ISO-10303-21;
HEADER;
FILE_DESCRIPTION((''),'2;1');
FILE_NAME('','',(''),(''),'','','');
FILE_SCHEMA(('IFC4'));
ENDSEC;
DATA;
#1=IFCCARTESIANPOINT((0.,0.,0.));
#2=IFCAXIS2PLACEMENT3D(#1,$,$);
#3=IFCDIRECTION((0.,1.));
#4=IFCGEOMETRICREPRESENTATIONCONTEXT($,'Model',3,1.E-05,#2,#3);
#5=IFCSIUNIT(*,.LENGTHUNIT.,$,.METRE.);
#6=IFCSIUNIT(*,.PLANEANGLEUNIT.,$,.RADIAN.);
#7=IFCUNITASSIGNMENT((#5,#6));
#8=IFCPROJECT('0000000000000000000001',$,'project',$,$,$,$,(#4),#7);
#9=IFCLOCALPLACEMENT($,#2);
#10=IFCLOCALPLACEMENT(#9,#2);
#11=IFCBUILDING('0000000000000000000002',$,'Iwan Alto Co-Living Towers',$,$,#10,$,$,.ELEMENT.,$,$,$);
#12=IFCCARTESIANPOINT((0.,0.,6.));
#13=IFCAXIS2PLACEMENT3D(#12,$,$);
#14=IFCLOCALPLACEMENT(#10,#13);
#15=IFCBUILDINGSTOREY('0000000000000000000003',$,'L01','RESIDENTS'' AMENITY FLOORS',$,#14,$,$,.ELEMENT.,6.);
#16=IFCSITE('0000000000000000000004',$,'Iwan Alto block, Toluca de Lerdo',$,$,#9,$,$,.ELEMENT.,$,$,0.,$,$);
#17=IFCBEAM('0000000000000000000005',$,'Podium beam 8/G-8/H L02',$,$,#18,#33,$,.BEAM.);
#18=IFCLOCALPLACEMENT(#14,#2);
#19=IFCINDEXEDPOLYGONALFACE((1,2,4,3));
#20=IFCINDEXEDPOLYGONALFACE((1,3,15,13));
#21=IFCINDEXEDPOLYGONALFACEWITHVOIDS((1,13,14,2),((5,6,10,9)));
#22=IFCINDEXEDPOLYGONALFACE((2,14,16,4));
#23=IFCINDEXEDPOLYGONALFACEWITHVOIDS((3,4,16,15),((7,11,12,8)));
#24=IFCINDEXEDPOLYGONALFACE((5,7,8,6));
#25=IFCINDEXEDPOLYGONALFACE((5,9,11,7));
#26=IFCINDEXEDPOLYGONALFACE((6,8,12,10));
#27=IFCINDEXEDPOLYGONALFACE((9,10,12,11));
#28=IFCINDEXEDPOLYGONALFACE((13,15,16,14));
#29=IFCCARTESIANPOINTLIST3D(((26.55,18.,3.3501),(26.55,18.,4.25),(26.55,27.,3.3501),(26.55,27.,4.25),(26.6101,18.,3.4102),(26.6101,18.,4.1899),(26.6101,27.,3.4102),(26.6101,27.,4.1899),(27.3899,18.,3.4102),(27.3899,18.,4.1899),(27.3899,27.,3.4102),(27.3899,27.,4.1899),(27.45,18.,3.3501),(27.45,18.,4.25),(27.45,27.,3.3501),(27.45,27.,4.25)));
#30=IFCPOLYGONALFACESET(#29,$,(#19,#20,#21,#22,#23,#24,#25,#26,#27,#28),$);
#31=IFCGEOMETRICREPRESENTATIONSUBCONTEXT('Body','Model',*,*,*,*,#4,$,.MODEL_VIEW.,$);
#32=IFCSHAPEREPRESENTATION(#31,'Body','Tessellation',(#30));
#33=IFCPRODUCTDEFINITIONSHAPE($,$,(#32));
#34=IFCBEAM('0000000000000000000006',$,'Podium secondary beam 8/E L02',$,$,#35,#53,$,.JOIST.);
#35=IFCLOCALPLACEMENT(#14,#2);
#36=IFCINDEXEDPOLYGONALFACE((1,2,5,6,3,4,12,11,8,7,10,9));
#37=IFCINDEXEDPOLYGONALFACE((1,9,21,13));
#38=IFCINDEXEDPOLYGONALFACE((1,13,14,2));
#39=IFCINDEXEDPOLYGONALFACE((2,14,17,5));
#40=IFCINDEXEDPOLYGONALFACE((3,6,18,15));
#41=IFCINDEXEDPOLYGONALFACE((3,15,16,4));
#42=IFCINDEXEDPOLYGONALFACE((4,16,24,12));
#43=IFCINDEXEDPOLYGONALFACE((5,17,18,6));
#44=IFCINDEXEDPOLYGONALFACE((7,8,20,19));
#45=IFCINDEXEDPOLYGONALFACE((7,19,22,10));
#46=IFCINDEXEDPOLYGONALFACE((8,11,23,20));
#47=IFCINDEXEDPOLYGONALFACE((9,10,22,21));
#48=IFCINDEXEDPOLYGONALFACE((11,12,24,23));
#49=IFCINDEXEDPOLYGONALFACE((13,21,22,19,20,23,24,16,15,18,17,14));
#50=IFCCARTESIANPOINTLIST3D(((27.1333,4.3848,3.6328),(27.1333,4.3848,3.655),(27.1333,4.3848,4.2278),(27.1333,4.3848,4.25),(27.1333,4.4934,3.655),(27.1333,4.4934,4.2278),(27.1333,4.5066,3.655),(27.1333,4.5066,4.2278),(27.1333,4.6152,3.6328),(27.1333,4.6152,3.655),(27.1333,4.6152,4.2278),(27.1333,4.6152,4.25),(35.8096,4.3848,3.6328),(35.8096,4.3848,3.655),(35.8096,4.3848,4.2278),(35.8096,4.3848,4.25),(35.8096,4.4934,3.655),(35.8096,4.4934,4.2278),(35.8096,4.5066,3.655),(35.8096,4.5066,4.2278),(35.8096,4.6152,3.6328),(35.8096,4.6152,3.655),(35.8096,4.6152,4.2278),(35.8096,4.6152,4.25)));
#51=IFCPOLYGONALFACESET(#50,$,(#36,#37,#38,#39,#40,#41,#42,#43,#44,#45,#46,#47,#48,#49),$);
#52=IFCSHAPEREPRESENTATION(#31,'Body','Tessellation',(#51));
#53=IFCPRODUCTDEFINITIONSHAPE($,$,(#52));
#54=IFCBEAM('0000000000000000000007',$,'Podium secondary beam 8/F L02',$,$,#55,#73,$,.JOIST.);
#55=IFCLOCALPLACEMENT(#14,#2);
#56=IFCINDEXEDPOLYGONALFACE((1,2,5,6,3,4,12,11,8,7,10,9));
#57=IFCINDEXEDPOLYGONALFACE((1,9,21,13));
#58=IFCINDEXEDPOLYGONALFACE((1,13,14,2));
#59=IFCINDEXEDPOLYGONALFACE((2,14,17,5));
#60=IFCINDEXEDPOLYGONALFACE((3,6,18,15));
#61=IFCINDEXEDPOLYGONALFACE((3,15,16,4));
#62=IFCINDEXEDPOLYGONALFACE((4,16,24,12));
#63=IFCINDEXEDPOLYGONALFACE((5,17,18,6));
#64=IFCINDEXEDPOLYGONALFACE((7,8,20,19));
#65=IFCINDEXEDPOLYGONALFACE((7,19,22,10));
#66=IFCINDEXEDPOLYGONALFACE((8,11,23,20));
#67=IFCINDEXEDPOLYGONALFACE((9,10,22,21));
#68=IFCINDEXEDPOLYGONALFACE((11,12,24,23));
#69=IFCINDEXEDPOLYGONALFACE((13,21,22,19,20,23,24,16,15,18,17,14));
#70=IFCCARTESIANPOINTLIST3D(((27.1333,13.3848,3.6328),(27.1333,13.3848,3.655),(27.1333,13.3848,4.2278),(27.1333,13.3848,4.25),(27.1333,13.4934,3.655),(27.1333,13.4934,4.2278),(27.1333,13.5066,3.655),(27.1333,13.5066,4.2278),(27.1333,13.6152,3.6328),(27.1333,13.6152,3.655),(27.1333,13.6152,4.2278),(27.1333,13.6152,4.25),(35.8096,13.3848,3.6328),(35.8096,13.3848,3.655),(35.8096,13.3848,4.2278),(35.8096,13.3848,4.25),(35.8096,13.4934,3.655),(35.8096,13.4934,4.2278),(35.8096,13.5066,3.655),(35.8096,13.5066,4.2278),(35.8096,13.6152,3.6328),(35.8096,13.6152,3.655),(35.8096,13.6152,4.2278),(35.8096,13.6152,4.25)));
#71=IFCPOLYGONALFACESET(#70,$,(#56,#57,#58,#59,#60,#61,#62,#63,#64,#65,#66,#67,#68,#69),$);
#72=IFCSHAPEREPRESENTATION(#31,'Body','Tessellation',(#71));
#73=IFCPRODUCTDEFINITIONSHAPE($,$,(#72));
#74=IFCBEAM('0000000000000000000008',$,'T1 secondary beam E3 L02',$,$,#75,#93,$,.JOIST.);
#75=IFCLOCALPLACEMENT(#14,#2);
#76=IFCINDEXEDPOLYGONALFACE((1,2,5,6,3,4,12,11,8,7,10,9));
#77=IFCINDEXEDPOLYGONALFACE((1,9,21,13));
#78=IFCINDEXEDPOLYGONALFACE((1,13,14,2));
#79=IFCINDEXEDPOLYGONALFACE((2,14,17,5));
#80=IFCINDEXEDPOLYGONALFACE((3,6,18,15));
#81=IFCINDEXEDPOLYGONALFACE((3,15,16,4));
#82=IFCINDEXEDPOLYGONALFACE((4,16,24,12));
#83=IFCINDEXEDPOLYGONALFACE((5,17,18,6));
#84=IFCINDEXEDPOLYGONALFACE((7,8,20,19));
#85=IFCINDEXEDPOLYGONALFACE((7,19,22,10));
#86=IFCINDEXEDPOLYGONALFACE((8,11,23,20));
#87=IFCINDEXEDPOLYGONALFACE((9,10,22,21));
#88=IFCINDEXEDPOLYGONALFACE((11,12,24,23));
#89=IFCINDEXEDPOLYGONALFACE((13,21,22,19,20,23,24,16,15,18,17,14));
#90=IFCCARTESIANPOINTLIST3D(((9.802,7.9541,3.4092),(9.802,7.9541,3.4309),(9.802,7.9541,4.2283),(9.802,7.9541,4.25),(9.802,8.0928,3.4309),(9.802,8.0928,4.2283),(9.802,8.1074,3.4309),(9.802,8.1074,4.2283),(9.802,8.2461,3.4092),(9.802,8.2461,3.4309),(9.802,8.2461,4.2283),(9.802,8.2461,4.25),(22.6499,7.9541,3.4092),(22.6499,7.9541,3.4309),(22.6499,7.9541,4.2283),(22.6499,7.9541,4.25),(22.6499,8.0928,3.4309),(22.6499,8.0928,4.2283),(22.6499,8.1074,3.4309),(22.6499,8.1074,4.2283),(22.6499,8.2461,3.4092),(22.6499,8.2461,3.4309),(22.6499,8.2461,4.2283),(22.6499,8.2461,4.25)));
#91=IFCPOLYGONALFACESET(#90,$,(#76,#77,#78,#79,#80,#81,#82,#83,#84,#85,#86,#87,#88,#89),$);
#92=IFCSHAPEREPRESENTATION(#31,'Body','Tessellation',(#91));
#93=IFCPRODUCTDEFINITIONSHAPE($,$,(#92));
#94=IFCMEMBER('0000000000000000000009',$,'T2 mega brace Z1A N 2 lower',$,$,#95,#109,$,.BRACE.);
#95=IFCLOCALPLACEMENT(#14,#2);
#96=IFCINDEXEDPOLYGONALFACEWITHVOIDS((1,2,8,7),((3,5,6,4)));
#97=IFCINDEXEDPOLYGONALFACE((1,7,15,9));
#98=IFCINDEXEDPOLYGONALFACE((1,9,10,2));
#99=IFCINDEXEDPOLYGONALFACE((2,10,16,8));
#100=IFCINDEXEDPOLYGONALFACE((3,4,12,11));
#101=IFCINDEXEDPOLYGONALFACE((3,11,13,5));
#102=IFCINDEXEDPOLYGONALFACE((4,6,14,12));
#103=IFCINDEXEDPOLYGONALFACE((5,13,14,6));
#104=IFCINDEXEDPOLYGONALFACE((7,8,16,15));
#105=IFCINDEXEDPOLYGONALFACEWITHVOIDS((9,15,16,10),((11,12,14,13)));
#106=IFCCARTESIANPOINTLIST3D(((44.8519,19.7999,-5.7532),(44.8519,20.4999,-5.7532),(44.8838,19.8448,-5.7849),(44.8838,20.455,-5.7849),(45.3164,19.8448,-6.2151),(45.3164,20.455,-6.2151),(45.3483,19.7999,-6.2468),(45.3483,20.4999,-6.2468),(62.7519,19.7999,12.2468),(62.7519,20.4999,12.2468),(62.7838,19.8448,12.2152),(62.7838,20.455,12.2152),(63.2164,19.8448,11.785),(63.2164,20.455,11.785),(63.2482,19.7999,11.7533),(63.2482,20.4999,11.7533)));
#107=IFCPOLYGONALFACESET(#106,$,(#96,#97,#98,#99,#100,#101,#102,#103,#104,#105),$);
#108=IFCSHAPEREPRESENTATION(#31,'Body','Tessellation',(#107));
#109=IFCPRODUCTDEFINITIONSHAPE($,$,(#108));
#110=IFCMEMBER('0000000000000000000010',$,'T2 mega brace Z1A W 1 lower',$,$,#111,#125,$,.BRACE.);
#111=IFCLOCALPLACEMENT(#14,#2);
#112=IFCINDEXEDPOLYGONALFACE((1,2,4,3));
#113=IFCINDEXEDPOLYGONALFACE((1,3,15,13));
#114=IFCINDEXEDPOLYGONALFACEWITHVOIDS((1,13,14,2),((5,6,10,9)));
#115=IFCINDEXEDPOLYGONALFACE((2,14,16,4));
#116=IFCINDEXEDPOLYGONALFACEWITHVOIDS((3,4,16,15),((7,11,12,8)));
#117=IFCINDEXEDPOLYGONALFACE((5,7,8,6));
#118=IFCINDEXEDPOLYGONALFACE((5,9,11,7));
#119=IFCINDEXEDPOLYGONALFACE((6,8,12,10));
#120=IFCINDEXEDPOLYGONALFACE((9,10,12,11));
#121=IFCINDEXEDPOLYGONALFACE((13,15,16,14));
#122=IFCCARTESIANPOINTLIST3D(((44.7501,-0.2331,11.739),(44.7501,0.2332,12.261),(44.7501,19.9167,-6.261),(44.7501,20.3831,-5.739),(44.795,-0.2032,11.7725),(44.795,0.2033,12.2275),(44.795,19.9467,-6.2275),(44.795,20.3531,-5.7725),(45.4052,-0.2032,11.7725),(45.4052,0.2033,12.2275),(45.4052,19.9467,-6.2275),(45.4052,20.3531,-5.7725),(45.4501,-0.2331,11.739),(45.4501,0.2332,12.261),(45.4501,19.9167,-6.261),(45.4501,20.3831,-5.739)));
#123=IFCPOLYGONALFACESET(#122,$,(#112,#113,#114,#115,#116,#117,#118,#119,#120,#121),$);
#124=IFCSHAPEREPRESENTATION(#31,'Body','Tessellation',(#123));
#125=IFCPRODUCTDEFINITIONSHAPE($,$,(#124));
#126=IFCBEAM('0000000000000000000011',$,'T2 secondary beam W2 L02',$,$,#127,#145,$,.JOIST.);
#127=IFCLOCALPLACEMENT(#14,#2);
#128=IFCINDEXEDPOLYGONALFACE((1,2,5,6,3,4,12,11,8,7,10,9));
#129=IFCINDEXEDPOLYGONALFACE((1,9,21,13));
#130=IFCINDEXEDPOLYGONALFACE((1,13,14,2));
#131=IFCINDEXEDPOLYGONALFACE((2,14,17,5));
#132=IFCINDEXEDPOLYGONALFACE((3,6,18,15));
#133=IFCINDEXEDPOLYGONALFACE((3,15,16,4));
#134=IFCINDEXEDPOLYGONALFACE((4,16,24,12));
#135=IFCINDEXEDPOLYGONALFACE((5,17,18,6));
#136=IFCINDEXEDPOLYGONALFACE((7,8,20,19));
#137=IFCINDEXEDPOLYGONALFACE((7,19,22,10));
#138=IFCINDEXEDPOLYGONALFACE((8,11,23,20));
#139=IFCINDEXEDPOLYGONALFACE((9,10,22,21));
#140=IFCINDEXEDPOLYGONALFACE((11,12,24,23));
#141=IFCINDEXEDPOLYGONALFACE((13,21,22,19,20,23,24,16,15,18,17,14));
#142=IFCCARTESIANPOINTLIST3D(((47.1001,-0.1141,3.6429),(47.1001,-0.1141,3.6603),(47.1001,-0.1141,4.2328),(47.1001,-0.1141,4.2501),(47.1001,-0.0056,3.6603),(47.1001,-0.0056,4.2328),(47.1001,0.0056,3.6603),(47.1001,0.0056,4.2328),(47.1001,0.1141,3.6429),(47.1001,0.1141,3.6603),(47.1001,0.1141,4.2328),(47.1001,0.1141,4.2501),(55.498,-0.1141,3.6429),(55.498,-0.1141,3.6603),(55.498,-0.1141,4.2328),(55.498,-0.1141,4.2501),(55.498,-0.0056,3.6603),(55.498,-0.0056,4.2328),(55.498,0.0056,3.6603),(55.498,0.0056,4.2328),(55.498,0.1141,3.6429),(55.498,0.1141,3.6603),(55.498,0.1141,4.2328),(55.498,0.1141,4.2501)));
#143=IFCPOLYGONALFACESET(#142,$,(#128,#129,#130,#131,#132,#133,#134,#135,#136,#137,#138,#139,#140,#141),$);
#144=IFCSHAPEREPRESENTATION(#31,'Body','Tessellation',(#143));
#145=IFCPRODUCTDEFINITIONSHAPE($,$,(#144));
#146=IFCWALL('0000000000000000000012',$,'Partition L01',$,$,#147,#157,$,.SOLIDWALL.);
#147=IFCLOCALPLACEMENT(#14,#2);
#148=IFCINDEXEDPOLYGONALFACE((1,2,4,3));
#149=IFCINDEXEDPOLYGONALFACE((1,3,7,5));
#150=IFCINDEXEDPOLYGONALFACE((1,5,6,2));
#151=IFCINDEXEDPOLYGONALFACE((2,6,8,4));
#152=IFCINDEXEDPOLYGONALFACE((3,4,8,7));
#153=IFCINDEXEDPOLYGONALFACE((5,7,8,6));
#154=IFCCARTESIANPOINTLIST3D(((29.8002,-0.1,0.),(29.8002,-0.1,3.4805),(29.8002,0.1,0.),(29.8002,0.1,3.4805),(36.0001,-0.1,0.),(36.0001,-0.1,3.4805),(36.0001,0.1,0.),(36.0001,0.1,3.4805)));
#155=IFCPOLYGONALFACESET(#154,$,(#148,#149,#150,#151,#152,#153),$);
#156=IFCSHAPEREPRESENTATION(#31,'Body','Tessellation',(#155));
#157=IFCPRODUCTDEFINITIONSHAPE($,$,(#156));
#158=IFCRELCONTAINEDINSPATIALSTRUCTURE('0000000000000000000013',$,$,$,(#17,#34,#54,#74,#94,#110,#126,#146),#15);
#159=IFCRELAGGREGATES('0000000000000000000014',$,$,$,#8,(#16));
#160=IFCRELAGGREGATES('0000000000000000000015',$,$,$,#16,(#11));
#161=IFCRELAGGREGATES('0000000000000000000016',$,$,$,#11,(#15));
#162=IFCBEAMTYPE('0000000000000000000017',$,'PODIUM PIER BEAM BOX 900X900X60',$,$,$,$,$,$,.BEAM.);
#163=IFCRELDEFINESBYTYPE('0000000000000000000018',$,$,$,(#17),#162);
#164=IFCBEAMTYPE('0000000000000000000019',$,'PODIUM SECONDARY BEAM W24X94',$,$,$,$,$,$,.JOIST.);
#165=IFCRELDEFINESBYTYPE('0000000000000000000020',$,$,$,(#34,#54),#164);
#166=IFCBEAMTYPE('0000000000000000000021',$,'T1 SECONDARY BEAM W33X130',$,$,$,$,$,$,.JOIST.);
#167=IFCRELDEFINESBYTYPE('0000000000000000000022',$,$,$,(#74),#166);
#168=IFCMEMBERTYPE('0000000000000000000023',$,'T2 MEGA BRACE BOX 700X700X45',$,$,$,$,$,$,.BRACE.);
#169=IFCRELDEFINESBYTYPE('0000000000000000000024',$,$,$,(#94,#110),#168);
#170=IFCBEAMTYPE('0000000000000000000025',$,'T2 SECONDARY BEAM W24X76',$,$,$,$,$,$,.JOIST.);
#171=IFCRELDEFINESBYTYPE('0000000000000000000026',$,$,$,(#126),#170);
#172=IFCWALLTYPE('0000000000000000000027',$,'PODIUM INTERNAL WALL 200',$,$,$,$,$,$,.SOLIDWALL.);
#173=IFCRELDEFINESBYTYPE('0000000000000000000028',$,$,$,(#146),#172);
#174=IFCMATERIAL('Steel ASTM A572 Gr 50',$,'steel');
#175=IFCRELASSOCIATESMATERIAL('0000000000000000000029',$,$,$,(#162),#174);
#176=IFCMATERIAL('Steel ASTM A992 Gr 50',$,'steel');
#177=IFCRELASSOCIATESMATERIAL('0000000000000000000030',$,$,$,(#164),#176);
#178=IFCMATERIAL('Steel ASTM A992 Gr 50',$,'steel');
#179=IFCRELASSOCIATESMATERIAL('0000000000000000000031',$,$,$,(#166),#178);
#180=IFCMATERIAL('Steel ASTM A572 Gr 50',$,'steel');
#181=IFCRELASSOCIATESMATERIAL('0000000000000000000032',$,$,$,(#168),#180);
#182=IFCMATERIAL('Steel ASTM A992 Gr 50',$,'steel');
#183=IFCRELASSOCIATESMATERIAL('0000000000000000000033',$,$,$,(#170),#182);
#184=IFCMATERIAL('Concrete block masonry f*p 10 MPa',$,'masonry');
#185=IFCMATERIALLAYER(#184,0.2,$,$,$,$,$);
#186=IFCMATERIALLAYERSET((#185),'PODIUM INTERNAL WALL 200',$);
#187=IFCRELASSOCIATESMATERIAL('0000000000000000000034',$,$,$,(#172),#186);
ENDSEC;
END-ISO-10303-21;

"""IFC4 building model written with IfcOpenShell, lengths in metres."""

from ifc_helpers import new_model, si_unit, direction, frame, frame_2d, origin, origin_2d, place, context, subcontext, project, spatial, rectangle, hollow_rectangle, i_section, extrude, material, layer, layer_set, material_profile, profile_set, type_object, element, save


model = new_model("IFC4")

# Units and contexts
model_context = context("Model", 3, precision=1e-05, world=origin(), true_north=direction((0.0, 1.0)))
body_context = subcontext(model_context, "Body", "Model", "MODEL_VIEW")
ifc_project = project(units=[si_unit("LENGTHUNIT", "METRE"), si_unit("PLANEANGLEUNIT", "RADIAN")], contexts=[model_context])

# Site, building, storey
site_placement = place(None, origin())
site = spatial("IfcSite", under=ifc_project, at=site_placement, Name="Iwan Alto block, Toluca de Lerdo", CompositionType="ELEMENT", RefElevation=0.0)
building_placement = place(site_placement, origin())
building = spatial("IfcBuilding", under=site, at=building_placement, Name="Iwan Alto Co-Living Towers", CompositionType="ELEMENT")
storey_placement = place(building_placement, frame((0.0, 0.0, 6.0)))
storey = spatial("IfcBuildingStorey", under=building, at=storey_placement, Name="L01", Description="RESIDENTS' AMENITY FLOORS", CompositionType="ELEMENT", Elevation=6.0)

# Beams
ifc_material_1 = material(Name="Steel ASTM A572 Gr 50", Category="steel")
ifc_material_profile_1 = material_profile(ifc_material_1, hollow_rectangle(XDim=0.8999, YDim=0.8999, WallThickness=0.0601, at=origin_2d()), Name="BOX 900X900X60")
ifc_profile_set_1 = profile_set([ifc_material_profile_1], Name="Steel ASTM A572 Gr 50")
beam_type_1 = type_object("IfcBeamType", Name="PODIUM PIER BEAM BOX 900X900X60", PredefinedType="BEAM", material=ifc_profile_set_1)
beam_1_placement = place(storey_placement, frame((27.0, 18.0, 3.8), z_axis=(0.0, 1.0, 0.0), x_axis=(-1.0, 0.0, 0.0)))
element("IfcBeam", 1, at=beam_1_placement, inside=storey, type_object=beam_type_1, Name="Podium beam 8/G-8/H L02", PredefinedType="BEAM", context=body_context, shape_type="SweptSolid", body=[
    extrude(hollow_rectangle(XDim=0.8999, YDim=0.8999, WallThickness=0.0601, at=origin_2d()), origin(), (0.0, 0.0, 1.0), 9.0),
])
ifc_material_2 = material(Name="Steel ASTM A992 Gr 50", Category="steel")
ifc_material_profile_2 = material_profile(ifc_material_2, i_section(OverallWidth=0.2305, OverallDepth=0.6172, WebThickness=0.0132, FlangeThickness=0.0222, at=origin_2d()), Name="W24X94")
ifc_profile_set_2 = profile_set([ifc_material_profile_2], Name="Steel ASTM A992 Gr 50")
beam_type_2 = type_object("IfcBeamType", Name="PODIUM SECONDARY BEAM W24X94", PredefinedType="JOIST", material=ifc_profile_set_2)
for number, where, z_axis, x_axis, name in (
    (2, (27.1333, 4.5, 3.9414), (1.0, 0.0, 0.0), (0.0, 1.0, 0.0), "Podium secondary beam 8/E L02"),
    (3, (27.1333, 13.5, 3.9414), (1.0, 0.0, 0.0), (0.0, 1.0, 0.0), "Podium secondary beam 8/F L02"),
):
    element("IfcBeam", number, at=place(storey_placement, frame(where, z_axis=z_axis, x_axis=x_axis)), inside=storey, type_object=beam_type_2, Name=name, PredefinedType="JOIST", context=body_context, shape_type="SweptSolid", body=[
        extrude(i_section(OverallWidth=0.2305, OverallDepth=0.6172, WebThickness=0.0132, FlangeThickness=0.0222, at=origin_2d()), origin(), (0.0, 0.0, 1.0), 8.6763),
    ])
ifc_material_3 = material(Name="Steel ASTM A992 Gr 50", Category="steel")
ifc_material_profile_3 = material_profile(ifc_material_3, i_section(OverallWidth=0.292, OverallDepth=0.8408, WebThickness=0.0146, FlangeThickness=0.0217, at=origin_2d()), Name="W33X130")
ifc_profile_set_3 = profile_set([ifc_material_profile_3], Name="Steel ASTM A992 Gr 50")
beam_type_3 = type_object("IfcBeamType", Name="T1 SECONDARY BEAM W33X130", PredefinedType="JOIST", material=ifc_profile_set_3)
beam_2_placement = place(storey_placement, frame((22.6499, 8.1001, 3.8296), z_axis=(-1.0, 0.0, 0.0), x_axis=(0.0, -1.0, 0.0)))
element("IfcBeam", 4, at=beam_2_placement, inside=storey, type_object=beam_type_3, Name="T1 secondary beam E3 L02", PredefinedType="JOIST", context=body_context, shape_type="SweptSolid", body=[
    extrude(i_section(OverallWidth=0.292, OverallDepth=0.8408, WebThickness=0.0146, FlangeThickness=0.0217, at=origin_2d()), origin(), (0.0, 0.0, 1.0), 12.8479),
])

# Members
ifc_material_4 = material(Name="Steel ASTM A572 Gr 50", Category="steel")
ifc_material_profile_4 = material_profile(ifc_material_4, hollow_rectangle(XDim=0.7, YDim=0.7, WallThickness=0.0449, at=origin_2d()), Name="BOX 700X700X45")
ifc_profile_set_4 = profile_set([ifc_material_profile_4], Name="Steel ASTM A572 Gr 50")
member_type = type_object("IfcMemberType", Name="T2 MEGA BRACE BOX 700X700X45", PredefinedType="BRACE", material=ifc_profile_set_4)
member_1_placement = place(storey_placement, frame((45.1001, 20.1499, -6.0), z_axis=(0.705132, 0.0, 0.709076), x_axis=(0.0, 1.0, 0.0)))
element("IfcMember", 5, at=member_1_placement, inside=storey, type_object=member_type, Name="T2 mega brace Z1A N 2 lower", PredefinedType="BRACE", context=body_context, shape_type="SweptSolid", body=[
    extrude(hollow_rectangle(XDim=0.7, YDim=0.7, WallThickness=0.0449, at=origin_2d()), origin(), (0.0, 0.0, 1.0), 25.3853),
])
member_2_placement = place(storey_placement, frame((45.1001, 20.1499, -6.0), z_axis=(0.0, -0.745772, 0.666201), x_axis=(1.0, 0.0, 0.0)))
element("IfcMember", 6, at=member_2_placement, inside=storey, type_object=member_type, Name="T2 mega brace Z1A W 1 lower", PredefinedType="BRACE", context=body_context, shape_type="SweptSolid", body=[
    extrude(hollow_rectangle(XDim=0.7, YDim=0.7, WallThickness=0.0449, at=origin_2d()), origin(), (0.0, 0.0, 1.0), 27.0188),
])

# Beam
ifc_material_5 = material(Name="Steel ASTM A992 Gr 50", Category="steel")
ifc_material_profile_5 = material_profile(ifc_material_5, i_section(OverallWidth=0.2283, OverallDepth=0.6072, WebThickness=0.0112, FlangeThickness=0.0173, at=origin_2d()), Name="W24X76")
ifc_profile_set_5 = profile_set([ifc_material_profile_5], Name="Steel ASTM A992 Gr 50")
beam_type_4 = type_object("IfcBeamType", Name="T2 SECONDARY BEAM W24X76", PredefinedType="JOIST", material=ifc_profile_set_5)
beam_3_placement = place(storey_placement, frame((47.1001, 0.0, 3.9465), z_axis=(1.0, 0.0, 0.0), x_axis=(0.0, 1.0, 0.0)))
element("IfcBeam", 7, at=beam_3_placement, inside=storey, type_object=beam_type_4, Name="T2 secondary beam W2 L02", PredefinedType="JOIST", context=body_context, shape_type="SweptSolid", body=[
    extrude(i_section(OverallWidth=0.2283, OverallDepth=0.6072, WebThickness=0.0112, FlangeThickness=0.0173, at=origin_2d()), origin(), (0.0, 0.0, 1.0), 8.3979),
])

# Wall
ifc_material_6 = material(Name="Concrete block masonry f*p 10 MPa", Category="masonry")
ifc_layer = layer(ifc_material_6, 0.2)
ifc_layer_set = layer_set([ifc_layer], Name="PODIUM INTERNAL WALL 200")
wall_type = type_object("IfcWallType", Name="PODIUM INTERNAL WALL 200", PredefinedType="SOLIDWALL", material=ifc_layer_set)
wall_1_placement = place(storey_placement, frame((29.8, 0.0, 0.0), z_axis=(0.0, 0.0, 1.0), x_axis=(1.0, 0.0, 0.0)))
element("IfcWall", 8, at=wall_1_placement, inside=storey, type_object=wall_type, Name="Partition L01", PredefinedType="SOLIDWALL", context=body_context, shape_type="SweptSolid", body=[
    extrude(rectangle(XDim=6.2, YDim=0.2, at=frame_2d((3.1001, 0.0))), origin(), (0.0, 0.0, 1.0), 3.4805),
])

save(model, "model.ifc")
